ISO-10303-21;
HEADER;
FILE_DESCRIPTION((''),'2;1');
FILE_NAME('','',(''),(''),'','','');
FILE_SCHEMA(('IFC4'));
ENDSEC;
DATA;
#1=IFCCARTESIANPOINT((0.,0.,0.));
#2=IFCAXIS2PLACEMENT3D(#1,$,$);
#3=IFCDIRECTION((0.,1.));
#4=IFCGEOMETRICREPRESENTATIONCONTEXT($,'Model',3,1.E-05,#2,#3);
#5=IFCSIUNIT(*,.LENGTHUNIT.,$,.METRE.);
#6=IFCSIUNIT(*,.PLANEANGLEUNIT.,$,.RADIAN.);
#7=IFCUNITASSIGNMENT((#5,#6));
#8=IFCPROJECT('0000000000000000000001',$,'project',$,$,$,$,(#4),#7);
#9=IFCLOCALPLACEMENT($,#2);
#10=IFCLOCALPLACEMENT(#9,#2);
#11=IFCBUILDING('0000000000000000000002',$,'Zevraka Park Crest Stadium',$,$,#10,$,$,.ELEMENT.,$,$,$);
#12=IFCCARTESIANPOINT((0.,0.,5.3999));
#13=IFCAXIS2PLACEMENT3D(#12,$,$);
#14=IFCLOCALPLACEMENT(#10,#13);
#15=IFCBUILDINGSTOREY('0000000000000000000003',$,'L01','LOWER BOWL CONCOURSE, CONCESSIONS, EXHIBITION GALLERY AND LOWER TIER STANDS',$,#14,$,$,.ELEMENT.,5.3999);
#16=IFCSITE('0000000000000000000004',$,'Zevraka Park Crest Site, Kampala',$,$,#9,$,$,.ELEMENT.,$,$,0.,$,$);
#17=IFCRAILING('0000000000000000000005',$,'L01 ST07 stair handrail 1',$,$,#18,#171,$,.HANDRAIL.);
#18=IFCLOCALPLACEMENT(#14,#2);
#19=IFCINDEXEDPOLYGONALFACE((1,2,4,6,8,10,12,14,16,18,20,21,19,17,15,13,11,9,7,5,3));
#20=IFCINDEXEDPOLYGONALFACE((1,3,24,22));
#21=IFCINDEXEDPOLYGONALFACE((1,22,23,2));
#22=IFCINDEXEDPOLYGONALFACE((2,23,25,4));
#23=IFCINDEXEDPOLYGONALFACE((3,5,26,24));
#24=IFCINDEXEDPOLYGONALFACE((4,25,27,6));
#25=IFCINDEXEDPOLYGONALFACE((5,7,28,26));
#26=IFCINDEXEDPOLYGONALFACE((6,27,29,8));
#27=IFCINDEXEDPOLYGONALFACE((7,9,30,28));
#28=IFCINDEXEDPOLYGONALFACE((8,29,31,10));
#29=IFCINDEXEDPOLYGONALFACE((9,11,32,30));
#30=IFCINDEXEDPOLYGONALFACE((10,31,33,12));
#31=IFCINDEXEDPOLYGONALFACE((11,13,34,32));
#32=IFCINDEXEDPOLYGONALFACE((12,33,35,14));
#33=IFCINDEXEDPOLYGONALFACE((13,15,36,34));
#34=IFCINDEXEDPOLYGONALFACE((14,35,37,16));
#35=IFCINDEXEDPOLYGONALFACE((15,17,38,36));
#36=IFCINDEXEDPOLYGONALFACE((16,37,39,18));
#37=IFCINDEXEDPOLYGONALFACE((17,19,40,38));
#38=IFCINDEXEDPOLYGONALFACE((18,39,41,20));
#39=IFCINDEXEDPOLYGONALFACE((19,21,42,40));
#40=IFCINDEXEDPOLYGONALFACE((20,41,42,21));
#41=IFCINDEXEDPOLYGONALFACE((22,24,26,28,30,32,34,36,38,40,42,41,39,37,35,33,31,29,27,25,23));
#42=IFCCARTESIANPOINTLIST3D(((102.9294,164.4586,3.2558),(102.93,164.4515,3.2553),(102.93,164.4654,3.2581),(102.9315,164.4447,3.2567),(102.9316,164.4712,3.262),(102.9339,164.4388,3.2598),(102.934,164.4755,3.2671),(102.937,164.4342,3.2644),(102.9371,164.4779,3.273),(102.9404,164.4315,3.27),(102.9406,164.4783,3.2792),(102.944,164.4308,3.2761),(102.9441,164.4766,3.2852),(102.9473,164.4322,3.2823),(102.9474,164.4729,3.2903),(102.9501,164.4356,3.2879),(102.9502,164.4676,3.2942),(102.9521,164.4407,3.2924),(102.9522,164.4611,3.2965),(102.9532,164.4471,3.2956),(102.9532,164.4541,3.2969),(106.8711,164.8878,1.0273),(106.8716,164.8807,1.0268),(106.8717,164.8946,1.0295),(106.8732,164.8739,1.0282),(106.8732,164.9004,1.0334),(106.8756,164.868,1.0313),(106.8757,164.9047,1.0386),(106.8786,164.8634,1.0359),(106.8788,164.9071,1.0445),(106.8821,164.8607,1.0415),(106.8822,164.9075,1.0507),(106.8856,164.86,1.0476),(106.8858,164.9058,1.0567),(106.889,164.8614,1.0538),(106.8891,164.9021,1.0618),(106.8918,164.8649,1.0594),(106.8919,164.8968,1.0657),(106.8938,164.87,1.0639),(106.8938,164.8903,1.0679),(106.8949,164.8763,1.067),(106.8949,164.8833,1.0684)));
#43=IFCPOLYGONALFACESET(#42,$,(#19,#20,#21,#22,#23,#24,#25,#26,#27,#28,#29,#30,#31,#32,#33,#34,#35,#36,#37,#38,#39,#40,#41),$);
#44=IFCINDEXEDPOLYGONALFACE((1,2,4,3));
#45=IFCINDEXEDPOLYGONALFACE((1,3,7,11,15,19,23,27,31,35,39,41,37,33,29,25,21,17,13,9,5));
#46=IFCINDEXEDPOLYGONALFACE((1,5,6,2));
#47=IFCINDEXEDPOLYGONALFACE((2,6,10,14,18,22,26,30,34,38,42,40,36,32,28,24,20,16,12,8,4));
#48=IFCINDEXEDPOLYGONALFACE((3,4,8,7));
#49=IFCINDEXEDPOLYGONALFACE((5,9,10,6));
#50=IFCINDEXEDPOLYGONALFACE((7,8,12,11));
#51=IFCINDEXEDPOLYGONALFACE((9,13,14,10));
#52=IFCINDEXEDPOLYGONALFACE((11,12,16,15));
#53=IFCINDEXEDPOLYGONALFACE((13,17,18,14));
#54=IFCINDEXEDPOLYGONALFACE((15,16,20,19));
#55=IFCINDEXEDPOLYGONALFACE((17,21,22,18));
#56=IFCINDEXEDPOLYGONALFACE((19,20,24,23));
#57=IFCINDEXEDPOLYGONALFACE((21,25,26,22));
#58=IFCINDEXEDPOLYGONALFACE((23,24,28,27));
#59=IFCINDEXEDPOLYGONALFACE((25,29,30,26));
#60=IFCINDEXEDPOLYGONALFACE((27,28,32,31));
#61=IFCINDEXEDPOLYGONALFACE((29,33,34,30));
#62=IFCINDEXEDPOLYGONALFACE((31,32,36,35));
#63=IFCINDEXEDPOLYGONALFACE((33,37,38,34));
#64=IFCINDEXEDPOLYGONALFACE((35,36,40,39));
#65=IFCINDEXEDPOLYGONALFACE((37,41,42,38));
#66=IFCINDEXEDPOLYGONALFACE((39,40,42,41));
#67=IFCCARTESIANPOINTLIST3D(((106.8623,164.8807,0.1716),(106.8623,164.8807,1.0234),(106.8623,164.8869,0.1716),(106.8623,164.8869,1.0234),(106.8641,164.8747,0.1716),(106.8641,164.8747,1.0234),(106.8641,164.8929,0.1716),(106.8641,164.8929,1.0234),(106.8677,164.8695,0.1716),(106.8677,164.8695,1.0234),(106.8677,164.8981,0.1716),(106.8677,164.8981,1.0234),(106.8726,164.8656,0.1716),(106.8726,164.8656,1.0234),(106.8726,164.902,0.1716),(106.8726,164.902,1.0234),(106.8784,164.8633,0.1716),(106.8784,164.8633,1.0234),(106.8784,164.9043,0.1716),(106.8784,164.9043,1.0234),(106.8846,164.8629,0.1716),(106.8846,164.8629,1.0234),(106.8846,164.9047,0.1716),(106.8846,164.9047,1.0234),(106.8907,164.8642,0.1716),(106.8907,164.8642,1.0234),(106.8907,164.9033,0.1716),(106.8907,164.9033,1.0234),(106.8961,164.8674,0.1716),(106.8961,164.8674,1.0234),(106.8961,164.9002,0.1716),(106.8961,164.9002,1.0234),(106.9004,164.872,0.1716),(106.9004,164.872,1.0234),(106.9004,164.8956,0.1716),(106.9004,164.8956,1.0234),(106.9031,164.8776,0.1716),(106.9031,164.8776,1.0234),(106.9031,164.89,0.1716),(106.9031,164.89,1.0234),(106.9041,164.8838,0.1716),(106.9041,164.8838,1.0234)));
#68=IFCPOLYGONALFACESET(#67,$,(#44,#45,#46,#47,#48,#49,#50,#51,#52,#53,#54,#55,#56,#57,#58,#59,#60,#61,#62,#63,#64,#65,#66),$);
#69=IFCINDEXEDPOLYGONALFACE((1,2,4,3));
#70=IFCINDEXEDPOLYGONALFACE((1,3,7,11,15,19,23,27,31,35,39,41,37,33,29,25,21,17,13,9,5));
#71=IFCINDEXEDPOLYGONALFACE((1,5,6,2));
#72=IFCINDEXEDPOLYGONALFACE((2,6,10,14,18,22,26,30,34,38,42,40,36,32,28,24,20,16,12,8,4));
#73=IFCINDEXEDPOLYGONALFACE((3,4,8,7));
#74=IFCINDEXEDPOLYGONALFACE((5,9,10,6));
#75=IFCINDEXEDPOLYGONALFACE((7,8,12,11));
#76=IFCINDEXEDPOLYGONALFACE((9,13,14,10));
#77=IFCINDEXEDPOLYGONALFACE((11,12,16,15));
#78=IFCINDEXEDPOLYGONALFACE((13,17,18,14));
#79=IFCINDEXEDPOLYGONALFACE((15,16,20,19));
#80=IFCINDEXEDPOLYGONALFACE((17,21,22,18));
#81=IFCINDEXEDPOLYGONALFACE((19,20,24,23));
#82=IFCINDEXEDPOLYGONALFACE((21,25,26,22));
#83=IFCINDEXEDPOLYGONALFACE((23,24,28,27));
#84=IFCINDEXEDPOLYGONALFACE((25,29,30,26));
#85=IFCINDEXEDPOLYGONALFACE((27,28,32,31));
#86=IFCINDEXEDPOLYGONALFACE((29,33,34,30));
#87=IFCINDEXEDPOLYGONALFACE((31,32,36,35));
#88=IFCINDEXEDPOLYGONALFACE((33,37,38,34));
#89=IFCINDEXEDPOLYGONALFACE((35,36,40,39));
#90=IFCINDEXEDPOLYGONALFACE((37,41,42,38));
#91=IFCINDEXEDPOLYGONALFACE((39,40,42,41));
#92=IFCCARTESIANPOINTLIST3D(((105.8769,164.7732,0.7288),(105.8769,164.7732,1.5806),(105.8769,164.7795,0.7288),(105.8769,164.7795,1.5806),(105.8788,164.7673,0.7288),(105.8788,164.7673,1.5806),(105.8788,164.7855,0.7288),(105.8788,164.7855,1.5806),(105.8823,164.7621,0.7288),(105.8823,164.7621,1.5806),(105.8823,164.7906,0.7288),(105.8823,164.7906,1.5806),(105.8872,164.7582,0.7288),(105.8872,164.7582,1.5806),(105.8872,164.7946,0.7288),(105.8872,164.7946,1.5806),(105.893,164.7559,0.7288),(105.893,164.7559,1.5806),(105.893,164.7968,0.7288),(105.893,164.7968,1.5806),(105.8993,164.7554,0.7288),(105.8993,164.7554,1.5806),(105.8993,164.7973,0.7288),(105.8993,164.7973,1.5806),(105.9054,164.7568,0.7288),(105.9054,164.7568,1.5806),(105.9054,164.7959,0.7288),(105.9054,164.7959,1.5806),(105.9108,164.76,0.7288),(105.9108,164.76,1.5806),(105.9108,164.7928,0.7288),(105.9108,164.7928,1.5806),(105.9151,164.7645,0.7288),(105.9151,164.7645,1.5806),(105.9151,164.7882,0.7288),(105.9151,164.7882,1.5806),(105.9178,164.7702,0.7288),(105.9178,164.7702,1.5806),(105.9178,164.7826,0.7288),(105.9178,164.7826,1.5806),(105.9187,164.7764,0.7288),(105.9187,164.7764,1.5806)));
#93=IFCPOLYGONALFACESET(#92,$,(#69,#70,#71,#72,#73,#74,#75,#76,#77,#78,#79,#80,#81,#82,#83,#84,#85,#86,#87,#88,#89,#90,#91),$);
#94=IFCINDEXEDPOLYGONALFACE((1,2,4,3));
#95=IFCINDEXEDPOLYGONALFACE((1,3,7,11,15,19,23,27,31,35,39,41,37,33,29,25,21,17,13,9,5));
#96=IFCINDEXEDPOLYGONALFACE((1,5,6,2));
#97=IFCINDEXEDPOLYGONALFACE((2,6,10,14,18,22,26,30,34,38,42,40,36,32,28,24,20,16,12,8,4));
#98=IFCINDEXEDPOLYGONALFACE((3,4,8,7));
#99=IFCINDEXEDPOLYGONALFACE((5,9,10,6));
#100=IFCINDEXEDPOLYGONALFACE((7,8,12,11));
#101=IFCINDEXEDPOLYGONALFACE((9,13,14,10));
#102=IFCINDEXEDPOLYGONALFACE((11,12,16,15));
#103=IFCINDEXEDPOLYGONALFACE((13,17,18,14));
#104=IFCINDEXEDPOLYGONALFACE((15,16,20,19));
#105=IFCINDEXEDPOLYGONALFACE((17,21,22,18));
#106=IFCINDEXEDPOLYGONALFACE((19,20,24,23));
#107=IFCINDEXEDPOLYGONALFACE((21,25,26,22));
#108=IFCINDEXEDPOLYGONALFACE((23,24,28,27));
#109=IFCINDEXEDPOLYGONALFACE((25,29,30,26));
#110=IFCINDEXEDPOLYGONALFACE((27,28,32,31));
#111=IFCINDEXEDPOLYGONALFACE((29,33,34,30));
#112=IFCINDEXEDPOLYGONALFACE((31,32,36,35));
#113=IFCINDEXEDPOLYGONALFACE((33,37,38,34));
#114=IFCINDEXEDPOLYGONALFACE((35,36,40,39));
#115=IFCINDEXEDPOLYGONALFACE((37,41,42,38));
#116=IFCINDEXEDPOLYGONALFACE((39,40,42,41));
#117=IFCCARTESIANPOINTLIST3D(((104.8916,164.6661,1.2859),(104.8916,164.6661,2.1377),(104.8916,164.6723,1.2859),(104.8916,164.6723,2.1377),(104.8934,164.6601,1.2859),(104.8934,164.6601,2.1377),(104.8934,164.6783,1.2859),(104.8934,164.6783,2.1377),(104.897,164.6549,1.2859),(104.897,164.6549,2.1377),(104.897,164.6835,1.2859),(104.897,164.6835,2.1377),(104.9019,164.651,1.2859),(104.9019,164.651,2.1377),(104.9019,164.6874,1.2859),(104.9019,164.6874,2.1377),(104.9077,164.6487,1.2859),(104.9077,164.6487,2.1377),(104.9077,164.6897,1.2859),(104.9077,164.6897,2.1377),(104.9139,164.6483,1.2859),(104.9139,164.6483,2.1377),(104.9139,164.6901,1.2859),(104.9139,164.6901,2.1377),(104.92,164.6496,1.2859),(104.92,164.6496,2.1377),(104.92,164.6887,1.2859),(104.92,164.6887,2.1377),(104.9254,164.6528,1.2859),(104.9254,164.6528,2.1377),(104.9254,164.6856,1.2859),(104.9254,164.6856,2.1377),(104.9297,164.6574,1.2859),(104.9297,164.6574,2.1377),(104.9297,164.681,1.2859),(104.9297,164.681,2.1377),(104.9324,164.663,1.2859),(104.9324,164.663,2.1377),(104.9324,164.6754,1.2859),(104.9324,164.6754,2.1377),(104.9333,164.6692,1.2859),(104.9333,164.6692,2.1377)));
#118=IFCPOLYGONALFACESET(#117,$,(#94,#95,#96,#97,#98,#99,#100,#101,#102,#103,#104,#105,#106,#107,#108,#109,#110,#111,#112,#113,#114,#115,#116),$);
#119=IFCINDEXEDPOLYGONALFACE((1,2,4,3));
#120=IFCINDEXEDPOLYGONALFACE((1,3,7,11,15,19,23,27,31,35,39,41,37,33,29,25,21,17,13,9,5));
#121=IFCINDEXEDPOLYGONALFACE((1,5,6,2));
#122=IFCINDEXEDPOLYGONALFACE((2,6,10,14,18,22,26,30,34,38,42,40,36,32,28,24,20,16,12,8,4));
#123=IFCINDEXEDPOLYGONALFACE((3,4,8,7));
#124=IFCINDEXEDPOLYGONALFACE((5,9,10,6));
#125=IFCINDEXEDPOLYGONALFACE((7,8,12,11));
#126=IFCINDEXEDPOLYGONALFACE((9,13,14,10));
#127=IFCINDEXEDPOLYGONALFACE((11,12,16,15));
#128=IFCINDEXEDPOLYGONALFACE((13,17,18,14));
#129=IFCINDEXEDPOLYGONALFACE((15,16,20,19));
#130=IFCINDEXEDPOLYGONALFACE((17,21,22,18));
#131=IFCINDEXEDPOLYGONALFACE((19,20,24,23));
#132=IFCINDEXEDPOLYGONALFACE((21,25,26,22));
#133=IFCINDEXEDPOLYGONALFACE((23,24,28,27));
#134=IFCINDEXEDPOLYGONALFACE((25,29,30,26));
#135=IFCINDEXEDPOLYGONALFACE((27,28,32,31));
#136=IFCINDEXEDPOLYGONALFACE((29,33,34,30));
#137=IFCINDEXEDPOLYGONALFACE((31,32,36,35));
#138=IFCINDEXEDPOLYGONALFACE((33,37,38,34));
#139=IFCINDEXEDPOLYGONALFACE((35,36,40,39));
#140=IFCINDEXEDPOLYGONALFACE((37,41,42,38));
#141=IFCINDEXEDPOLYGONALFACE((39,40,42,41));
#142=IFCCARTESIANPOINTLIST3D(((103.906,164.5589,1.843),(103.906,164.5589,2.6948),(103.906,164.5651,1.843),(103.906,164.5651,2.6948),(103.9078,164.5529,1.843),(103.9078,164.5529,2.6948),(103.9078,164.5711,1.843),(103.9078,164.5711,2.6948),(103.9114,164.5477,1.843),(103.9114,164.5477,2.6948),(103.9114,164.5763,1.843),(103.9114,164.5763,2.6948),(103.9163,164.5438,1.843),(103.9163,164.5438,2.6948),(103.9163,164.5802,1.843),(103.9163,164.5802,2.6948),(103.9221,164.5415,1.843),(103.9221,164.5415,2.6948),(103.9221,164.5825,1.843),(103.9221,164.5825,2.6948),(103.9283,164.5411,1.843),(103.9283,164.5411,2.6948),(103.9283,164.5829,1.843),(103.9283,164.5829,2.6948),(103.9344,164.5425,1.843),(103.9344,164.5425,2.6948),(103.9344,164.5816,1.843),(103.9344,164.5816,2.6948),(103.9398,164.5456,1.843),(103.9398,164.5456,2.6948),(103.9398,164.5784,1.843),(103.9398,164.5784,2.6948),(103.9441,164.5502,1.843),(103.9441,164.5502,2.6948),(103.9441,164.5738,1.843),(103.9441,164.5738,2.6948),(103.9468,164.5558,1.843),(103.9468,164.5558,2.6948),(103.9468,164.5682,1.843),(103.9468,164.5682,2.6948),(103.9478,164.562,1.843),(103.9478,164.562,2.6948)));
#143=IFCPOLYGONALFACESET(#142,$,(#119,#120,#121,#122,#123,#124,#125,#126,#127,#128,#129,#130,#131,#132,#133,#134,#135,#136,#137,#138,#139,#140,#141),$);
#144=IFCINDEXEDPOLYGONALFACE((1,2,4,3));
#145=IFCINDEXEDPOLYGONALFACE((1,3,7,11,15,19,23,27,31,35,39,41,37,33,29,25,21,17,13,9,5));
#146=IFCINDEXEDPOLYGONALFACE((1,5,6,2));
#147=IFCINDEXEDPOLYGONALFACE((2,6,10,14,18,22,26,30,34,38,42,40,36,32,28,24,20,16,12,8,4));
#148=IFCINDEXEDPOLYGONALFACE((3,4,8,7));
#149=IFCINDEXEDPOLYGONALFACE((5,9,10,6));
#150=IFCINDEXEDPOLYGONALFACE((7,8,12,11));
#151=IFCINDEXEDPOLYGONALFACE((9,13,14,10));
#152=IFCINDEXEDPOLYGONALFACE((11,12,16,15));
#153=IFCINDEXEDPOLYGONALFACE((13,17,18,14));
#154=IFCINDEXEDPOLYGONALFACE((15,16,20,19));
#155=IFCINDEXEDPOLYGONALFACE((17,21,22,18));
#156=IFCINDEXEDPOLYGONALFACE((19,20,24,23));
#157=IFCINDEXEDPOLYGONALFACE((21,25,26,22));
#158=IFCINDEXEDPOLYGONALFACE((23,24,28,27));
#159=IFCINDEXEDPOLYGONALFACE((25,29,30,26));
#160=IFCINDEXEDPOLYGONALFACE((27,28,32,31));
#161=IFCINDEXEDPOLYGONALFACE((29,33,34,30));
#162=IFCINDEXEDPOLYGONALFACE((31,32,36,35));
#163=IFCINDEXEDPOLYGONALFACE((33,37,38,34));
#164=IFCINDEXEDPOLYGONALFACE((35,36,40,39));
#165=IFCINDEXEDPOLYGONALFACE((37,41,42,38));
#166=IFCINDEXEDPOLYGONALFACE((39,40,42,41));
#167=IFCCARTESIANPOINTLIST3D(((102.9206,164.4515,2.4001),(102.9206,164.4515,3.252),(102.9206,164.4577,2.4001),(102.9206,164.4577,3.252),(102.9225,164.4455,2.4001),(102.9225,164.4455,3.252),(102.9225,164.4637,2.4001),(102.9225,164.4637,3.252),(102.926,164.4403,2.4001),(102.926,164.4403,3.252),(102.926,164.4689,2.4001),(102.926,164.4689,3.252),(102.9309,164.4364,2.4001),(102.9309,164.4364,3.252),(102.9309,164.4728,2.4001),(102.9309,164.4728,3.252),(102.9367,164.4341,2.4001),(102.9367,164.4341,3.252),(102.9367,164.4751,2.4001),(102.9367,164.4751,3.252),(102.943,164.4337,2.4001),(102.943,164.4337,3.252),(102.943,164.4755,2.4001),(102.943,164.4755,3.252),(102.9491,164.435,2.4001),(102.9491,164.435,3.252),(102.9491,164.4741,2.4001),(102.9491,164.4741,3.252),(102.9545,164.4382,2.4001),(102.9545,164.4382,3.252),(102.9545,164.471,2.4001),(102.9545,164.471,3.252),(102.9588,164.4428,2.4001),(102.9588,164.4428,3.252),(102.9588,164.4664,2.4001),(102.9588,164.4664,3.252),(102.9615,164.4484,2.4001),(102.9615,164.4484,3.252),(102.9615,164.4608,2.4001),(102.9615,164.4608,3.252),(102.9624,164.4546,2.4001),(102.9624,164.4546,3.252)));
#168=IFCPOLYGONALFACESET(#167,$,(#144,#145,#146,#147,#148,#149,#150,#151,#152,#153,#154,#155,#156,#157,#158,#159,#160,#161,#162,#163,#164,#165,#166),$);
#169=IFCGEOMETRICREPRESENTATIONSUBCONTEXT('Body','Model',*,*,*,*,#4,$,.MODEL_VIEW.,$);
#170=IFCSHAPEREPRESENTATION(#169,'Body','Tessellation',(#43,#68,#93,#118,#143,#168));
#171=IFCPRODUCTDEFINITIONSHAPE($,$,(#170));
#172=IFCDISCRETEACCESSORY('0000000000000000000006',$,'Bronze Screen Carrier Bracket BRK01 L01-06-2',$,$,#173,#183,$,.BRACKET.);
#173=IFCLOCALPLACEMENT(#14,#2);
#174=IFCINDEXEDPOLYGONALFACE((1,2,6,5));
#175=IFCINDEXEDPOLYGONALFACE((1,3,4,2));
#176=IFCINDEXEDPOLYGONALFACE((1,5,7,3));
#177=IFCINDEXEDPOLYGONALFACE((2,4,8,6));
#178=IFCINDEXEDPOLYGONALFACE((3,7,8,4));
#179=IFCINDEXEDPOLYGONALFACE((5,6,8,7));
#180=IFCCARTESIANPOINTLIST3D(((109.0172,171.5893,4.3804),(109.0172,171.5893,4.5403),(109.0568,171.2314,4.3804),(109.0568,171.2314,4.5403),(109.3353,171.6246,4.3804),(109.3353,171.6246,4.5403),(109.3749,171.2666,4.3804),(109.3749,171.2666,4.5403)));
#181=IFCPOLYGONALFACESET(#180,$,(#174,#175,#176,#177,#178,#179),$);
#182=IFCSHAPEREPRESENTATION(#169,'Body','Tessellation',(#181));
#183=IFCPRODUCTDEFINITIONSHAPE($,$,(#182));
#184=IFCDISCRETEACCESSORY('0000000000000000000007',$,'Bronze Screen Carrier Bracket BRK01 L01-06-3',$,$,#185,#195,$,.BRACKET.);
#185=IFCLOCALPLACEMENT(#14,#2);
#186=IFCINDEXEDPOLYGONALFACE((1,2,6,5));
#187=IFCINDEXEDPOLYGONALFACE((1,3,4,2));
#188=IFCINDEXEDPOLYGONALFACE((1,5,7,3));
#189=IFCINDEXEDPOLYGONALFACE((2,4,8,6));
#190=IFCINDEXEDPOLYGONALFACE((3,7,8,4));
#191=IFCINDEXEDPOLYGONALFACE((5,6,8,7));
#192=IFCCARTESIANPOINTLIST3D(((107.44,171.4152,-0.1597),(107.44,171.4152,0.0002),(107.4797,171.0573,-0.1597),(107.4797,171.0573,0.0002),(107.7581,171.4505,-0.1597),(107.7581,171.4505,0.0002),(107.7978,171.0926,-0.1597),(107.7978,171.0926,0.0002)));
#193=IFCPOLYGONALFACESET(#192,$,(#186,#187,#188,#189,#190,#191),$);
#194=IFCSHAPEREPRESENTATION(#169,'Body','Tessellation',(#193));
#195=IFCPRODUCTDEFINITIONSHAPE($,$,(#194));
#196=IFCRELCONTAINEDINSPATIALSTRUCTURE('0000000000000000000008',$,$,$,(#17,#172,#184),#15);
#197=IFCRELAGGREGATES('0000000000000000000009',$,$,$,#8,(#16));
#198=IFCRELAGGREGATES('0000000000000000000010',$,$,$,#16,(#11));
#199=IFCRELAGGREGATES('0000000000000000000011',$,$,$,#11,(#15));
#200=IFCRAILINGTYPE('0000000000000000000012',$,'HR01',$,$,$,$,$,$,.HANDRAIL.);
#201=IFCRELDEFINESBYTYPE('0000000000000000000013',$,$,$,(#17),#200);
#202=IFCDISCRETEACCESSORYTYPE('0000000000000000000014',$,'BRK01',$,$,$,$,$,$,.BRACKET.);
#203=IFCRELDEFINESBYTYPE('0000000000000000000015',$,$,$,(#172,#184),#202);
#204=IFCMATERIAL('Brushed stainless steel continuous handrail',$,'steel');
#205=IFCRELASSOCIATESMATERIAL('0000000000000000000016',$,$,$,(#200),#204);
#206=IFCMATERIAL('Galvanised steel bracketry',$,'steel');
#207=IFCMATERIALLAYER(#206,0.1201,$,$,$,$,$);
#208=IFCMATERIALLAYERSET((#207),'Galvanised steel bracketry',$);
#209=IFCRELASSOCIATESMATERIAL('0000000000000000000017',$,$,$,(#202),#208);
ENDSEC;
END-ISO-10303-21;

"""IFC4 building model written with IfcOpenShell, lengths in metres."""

from ifc_helpers import new_model, si_unit, direction, frame, origin, origin_2d, place, context, subcontext, project, spatial, rectangle, circle, extrude, material, layer, layer_set, type_object, element, save


model = new_model("IFC4")

# Units and contexts
model_context = context("Model", 3, precision=1e-05, world=origin(), true_north=direction((0.0, 1.0)))
body_context = subcontext(model_context, "Body", "Model", "MODEL_VIEW")
ifc_project = project(units=[si_unit("LENGTHUNIT", "METRE"), si_unit("PLANEANGLEUNIT", "RADIAN")], contexts=[model_context])

# Site, building, storey
site_placement = place(None, origin())
site = spatial("IfcSite", under=ifc_project, at=site_placement, Name="Zevraka Park Crest Site, Kampala", CompositionType="ELEMENT", RefElevation=0.0)
building_placement = place(site_placement, origin())
building = spatial("IfcBuilding", under=site, at=building_placement, Name="Zevraka Park Crest Stadium", CompositionType="ELEMENT")
storey_placement = place(building_placement, frame((0.0, 0.0, 5.3999)))
storey = spatial("IfcBuildingStorey", under=building, at=storey_placement, Name="L01", Description="LOWER BOWL CONCOURSE, CONCESSIONS, EXHIBITION GALLERY AND LOWER TIER STANDS", CompositionType="ELEMENT", Elevation=5.3999)

# Railing
ifc_material_1 = material(Name="Brushed stainless steel continuous handrail", Category="steel")
railing_type = type_object("IfcRailingType", Name="HR01", PredefinedType="HANDRAIL", material=ifc_material_1)
railing_placement = place(storey_placement, frame((106.8831, 164.8838, 0.1716)))
element("IfcRailing", 1, at=railing_placement, inside=storey, type_object=railing_type, Name="L01 ST07 stair handrail 1", PredefinedType="HANDRAIL", context=body_context, shape_type="SweptSolid", body=[
    extrude(circle(Radius=0.0239, at=origin_2d()), frame((0.0, 0.0, 0.876), z_axis=(-0.866619, -0.094365, 0.489966), x_axis=(0.108248, -0.994124, 0.0)), (0.0, 0.0, 1.0), 4.5483),
    extrude(circle(Radius=0.021, at=origin_2d()), origin(), (0.0, 0.0, 1.0), 0.8518),
    extrude(circle(Radius=0.021, at=origin_2d()), frame((-0.9854, -0.1074, 0.5571)), (0.0, 0.0, 1.0), 0.8518),
    extrude(circle(Radius=0.021, at=origin_2d()), frame((-1.9707, -0.2146, 1.1143)), (0.0, 0.0, 1.0), 0.8518),
    extrude(circle(Radius=0.021, at=origin_2d()), frame((-2.9563, -0.3218, 1.6714)), (0.0, 0.0, 1.0), 0.8518),
    extrude(circle(Radius=0.021, at=origin_2d()), frame((-3.9417, -0.4292, 2.2285)), (0.0, 0.0, 1.0), 0.8518),
])

# Discrete accessories
ifc_material_2 = material(Name="Galvanised steel bracketry", Category="steel")
ifc_layer_1 = layer(ifc_material_2, 0.1201)
ifc_layer_set_1 = layer_set([ifc_layer_1], Name="Galvanised steel bracketry")
discrete_accessory_type = type_object("IfcDiscreteAccessoryType", Name="BRK01", PredefinedType="BRACKET", material=ifc_layer_set_1)
for number, where, z_axis, x_axis, name in (
    (2, (109.196, 171.428, 4.3804), (0.0, 0.0, 1.0), (-0.993923, -0.110081, 0.0), "Bronze Screen Carrier Bracket BRK01 L01-06-2"),
    (3, (107.6189, 171.2539, -0.1597), (0.0, 0.0, 1.0), (-0.993923, -0.110081, 0.0), "Bronze Screen Carrier Bracket BRK01 L01-06-3"),
):
    element("IfcDiscreteAccessory", number, at=place(storey_placement, frame(where, z_axis=z_axis, x_axis=x_axis)), inside=storey, type_object=discrete_accessory_type, Name=name, PredefinedType="BRACKET", context=body_context, shape_type="SweptSolid", body=[
        extrude(rectangle(XDim=0.3201, YDim=0.3601, at=origin_2d()), origin(), (0.0, 0.0, 1.0), 0.1599),
    ])

save(model, "model.ifc")
